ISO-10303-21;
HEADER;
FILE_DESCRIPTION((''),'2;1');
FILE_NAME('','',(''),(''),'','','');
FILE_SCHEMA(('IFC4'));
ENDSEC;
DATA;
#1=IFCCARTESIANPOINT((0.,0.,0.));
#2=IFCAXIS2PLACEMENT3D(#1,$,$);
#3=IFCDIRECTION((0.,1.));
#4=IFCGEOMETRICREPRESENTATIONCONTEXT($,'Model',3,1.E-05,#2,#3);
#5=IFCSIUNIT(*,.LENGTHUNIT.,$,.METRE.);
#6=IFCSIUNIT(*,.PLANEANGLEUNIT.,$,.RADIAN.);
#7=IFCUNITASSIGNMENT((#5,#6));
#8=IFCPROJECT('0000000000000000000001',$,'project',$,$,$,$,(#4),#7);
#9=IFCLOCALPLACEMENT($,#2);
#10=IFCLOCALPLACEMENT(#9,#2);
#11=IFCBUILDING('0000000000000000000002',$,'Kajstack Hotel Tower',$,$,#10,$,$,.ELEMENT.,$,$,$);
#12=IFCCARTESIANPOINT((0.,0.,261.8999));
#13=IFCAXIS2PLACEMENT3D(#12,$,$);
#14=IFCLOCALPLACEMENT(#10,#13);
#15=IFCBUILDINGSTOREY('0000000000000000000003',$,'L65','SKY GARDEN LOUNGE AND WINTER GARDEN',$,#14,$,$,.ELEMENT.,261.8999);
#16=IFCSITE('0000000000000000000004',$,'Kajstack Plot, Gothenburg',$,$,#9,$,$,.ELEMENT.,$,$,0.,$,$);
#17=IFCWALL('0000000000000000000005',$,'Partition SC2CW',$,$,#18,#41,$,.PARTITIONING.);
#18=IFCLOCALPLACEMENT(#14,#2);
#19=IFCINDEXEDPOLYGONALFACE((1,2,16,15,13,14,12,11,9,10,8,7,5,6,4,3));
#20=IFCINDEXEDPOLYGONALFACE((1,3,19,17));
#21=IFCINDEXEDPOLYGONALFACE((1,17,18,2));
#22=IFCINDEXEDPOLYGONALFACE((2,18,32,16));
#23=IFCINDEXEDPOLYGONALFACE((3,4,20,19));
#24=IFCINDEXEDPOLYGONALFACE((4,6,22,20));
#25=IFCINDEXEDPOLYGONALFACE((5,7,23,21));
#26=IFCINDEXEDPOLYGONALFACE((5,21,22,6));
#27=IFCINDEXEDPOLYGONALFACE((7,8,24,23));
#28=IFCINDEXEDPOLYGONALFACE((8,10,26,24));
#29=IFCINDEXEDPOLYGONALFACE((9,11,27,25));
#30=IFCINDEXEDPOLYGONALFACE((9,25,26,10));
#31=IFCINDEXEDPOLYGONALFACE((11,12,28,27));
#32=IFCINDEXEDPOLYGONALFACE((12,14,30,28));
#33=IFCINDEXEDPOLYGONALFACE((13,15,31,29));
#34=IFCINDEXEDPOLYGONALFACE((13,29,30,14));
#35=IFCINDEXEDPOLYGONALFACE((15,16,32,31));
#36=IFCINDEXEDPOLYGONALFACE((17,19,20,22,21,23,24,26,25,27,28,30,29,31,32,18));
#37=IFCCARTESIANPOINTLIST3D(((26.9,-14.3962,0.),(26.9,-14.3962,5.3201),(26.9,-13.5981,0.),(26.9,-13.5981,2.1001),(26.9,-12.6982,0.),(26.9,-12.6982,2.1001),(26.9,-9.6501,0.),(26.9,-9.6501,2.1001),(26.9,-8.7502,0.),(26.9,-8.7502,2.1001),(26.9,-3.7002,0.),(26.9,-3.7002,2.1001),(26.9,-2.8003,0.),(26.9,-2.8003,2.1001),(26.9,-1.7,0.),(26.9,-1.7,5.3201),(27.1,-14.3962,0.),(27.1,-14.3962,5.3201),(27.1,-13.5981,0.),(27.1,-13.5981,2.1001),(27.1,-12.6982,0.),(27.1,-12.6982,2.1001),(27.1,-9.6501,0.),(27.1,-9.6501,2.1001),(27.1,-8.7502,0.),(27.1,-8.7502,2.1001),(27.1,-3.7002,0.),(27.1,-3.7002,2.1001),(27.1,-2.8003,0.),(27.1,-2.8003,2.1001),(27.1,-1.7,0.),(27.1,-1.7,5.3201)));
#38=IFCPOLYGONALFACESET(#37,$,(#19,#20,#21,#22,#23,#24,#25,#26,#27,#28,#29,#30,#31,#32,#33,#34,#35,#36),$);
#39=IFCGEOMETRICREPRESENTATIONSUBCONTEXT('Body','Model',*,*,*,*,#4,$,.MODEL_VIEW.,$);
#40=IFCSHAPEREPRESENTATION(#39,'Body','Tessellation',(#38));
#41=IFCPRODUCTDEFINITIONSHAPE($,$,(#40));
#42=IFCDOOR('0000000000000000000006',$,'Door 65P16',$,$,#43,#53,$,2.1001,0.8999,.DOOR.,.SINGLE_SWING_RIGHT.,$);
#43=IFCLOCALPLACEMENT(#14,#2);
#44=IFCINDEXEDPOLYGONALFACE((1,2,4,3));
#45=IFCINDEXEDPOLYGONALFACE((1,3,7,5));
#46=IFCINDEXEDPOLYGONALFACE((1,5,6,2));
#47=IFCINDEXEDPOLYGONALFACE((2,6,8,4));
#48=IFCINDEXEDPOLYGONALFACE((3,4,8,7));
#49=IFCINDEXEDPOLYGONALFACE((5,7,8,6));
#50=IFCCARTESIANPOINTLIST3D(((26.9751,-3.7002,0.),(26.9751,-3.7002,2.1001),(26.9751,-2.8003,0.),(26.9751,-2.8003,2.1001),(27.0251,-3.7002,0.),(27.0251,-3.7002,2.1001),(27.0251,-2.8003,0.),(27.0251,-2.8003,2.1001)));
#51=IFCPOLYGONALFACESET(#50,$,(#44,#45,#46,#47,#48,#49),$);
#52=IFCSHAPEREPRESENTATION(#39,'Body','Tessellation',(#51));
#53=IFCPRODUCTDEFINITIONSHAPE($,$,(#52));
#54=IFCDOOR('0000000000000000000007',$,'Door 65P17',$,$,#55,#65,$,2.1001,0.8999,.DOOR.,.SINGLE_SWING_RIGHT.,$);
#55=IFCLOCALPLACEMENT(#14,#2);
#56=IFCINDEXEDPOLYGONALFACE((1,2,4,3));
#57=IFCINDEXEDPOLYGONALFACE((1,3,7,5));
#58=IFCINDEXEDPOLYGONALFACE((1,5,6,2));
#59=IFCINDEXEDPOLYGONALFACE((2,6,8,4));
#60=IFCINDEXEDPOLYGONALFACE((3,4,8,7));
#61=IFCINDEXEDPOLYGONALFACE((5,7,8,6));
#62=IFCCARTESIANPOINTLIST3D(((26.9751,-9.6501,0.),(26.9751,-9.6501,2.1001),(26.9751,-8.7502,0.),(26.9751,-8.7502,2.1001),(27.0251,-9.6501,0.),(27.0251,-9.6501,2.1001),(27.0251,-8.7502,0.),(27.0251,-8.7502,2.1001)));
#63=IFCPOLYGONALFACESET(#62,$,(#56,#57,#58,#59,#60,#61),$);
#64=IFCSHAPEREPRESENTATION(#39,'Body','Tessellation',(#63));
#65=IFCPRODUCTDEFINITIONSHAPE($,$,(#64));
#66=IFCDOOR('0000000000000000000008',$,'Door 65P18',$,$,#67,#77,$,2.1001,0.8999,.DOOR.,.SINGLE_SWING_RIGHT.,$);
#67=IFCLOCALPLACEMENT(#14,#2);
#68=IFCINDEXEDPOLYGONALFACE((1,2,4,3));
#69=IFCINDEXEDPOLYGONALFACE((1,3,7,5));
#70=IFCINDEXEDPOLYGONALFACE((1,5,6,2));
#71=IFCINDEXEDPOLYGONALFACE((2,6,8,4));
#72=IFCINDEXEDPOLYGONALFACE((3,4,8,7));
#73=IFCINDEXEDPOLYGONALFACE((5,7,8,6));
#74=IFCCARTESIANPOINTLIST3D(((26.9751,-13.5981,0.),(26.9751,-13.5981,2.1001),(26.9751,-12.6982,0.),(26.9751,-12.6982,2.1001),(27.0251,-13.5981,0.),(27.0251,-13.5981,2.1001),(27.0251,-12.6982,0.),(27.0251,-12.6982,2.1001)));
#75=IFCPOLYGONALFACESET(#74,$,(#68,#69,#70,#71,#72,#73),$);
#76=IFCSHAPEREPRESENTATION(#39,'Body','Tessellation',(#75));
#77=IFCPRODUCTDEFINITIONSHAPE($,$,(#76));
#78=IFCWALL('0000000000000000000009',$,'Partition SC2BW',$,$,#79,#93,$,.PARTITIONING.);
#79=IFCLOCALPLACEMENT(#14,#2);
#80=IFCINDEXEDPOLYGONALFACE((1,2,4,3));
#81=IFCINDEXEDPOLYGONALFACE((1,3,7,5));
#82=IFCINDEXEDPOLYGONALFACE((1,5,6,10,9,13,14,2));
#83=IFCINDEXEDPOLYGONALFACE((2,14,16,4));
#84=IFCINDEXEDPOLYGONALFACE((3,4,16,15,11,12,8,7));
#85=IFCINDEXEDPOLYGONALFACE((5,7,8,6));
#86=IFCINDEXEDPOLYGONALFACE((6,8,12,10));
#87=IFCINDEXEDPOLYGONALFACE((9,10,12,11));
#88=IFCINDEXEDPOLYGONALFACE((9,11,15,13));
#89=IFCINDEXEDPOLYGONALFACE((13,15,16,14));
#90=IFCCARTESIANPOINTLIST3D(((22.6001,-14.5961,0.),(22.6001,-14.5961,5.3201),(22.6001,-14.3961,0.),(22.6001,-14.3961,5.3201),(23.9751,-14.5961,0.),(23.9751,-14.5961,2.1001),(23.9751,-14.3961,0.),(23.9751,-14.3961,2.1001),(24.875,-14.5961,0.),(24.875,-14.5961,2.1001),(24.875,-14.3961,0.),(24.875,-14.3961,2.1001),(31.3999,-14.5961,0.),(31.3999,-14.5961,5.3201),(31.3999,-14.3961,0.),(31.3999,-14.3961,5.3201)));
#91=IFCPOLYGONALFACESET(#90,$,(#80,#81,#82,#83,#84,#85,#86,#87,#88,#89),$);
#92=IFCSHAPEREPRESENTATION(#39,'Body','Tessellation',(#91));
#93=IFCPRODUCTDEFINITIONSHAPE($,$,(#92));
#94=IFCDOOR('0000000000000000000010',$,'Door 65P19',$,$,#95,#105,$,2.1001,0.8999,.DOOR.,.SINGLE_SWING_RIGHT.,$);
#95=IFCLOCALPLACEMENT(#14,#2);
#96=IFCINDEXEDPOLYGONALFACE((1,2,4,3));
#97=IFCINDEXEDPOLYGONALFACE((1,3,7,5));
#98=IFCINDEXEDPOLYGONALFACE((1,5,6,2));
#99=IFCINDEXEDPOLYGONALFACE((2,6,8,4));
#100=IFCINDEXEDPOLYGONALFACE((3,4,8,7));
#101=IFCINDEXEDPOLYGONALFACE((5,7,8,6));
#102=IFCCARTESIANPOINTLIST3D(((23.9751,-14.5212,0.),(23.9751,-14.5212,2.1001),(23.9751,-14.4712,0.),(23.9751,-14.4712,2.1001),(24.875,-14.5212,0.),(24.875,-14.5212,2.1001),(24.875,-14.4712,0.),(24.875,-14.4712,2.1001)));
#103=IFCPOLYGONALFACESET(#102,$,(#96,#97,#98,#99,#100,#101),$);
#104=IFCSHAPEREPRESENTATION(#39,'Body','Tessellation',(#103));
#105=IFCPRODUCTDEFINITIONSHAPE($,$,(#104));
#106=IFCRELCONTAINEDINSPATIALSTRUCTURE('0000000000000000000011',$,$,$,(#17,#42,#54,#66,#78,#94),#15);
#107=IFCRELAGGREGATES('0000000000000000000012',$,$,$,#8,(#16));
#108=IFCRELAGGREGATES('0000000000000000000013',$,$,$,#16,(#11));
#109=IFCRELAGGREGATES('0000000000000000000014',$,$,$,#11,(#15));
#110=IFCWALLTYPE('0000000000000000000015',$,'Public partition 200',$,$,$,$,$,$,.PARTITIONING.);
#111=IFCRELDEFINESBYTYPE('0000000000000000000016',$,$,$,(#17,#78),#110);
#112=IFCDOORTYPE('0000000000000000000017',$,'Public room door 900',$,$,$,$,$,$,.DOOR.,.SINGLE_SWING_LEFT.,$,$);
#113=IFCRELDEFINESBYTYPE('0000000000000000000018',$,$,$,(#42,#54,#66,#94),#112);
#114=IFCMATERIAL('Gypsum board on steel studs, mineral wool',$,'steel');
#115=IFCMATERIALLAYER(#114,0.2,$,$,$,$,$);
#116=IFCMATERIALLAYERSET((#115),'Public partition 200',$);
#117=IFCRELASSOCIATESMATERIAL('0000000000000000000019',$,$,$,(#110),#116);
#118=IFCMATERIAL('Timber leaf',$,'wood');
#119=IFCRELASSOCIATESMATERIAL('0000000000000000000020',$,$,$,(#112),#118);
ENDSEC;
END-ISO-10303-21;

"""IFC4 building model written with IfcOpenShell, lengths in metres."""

from ifc_helpers import new_model, si_unit, direction, frame, frame_2d, origin, place, context, subcontext, project, spatial, rectangle, extrude, material, layer, layer_set, type_object, element, fill, save


model = new_model("IFC4")

# Units and contexts
model_context = context("Model", 3, precision=1e-05, world=origin(), true_north=direction((0.0, 1.0)))
body_context = subcontext(model_context, "Body", "Model", "MODEL_VIEW")
ifc_project = project(units=[si_unit("LENGTHUNIT", "METRE"), si_unit("PLANEANGLEUNIT", "RADIAN")], contexts=[model_context])

# Site, building, storey
site_placement = place(None, origin())
site = spatial("IfcSite", under=ifc_project, at=site_placement, Name="Kajstack Plot, Gothenburg", CompositionType="ELEMENT", RefElevation=0.0)
building_placement = place(site_placement, origin())
building = spatial("IfcBuilding", under=site, at=building_placement, Name="Kajstack Hotel Tower", CompositionType="ELEMENT")
storey_placement = place(building_placement, frame((0.0, 0.0, 261.8999)))
storey = spatial("IfcBuildingStorey", under=building, at=storey_placement, Name="L65", Description="SKY GARDEN LOUNGE AND WINTER GARDEN", CompositionType="ELEMENT", Elevation=261.8999)

# Shared definitions
ifc_material_1 = material(Name="Gypsum board on steel studs, mineral wool", Category="steel")
ifc_layer_1 = layer(ifc_material_1, 0.2)
ifc_layer_set_1 = layer_set([ifc_layer_1], Name="Public partition 200")
wall_type = type_object("IfcWallType", Name="Public partition 200", PredefinedType="PARTITIONING", material=ifc_layer_set_1)

# Wall, openings, doors
wall_1_placement = place(storey_placement, frame((27.0, -14.3962, 0.0), z_axis=(0.0, 0.0, 1.0), x_axis=(0.0, 1.0, 0.0)))
wall_1 = element("IfcWall", 1, at=wall_1_placement, inside=storey, type_object=wall_type, Name="Partition SC2CW", PredefinedType="PARTITIONING", context=body_context, shape_type="SweptSolid", body=[
    extrude(rectangle(XDim=12.6963, YDim=0.2, at=frame_2d((6.3481, 0.0))), origin(), (0.0, 0.0, 1.0), 5.3201),
])
opening_1_placement = place(wall_1_placement, frame((10.696, 0.0, 0.0)))
opening_1 = element("IfcOpeningElement", 2, at=opening_1_placement, cuts=wall_1, PredefinedType="OPENING", context=body_context, shape_type="SweptSolid", body=[
    extrude(rectangle(XDim=0.8999, YDim=2.1001, at=frame_2d((0.45, 1.05))), frame((0.0, 0.1099, 0.0), z_axis=(0.0, -1.0, 0.0), x_axis=(1.0, 0.0, 0.0)), (0.0, 0.0, 1.0), 0.22),
])
opening_2_placement = place(wall_1_placement, frame((4.7461, 0.0, 0.0)))
opening_2 = element("IfcOpeningElement", 3, at=opening_2_placement, cuts=wall_1, PredefinedType="OPENING", context=body_context, shape_type="SweptSolid", body=[
    extrude(rectangle(XDim=0.8999, YDim=2.1001, at=frame_2d((0.45, 1.05))), frame((0.0, 0.1099, 0.0), z_axis=(0.0, -1.0, 0.0), x_axis=(1.0, 0.0, 0.0)), (0.0, 0.0, 1.0), 0.22),
])
opening_3_placement = place(wall_1_placement, frame((0.7981, 0.0, 0.0)))
opening_3 = element("IfcOpeningElement", 4, at=opening_3_placement, cuts=wall_1, PredefinedType="OPENING", context=body_context, shape_type="SweptSolid", body=[
    extrude(rectangle(XDim=0.8999, YDim=2.1001, at=frame_2d((0.45, 1.05))), frame((0.0, 0.1099, 0.0), z_axis=(0.0, -1.0, 0.0), x_axis=(1.0, 0.0, 0.0)), (0.0, 0.0, 1.0), 0.22),
])
ifc_material_2 = material(Name="Timber leaf", Category="wood")
door_type = type_object("IfcDoorType", Name="Public room door 900", OperationType="SINGLE_SWING_LEFT", PredefinedType="DOOR", material=ifc_material_2)
door_1_placement = place(opening_1_placement, origin())
door_1 = element("IfcDoor", 5, at=door_1_placement, inside=storey, type_object=door_type, Name="Door 65P16", OperationType="SINGLE_SWING_RIGHT", OverallHeight=2.1001, OverallWidth=0.8999, PredefinedType="DOOR", context=body_context, shape_type="SweptSolid", body=[
    extrude(rectangle(XDim=0.8999, YDim=2.1001, at=frame_2d((0.45, 1.05))), frame((0.0, 0.0249, 0.0), z_axis=(0.0, -1.0, 0.0), x_axis=(1.0, 0.0, 0.0)), (0.0, 0.0, 1.0), 0.05),
])
fill(opening_1, door_1)
door_2_placement = place(opening_2_placement, origin())
door_2 = element("IfcDoor", 6, at=door_2_placement, inside=storey, type_object=door_type, Name="Door 65P17", OperationType="SINGLE_SWING_RIGHT", OverallHeight=2.1001, OverallWidth=0.8999, PredefinedType="DOOR", context=body_context, shape_type="SweptSolid", body=[
    extrude(rectangle(XDim=0.8999, YDim=2.1001, at=frame_2d((0.45, 1.05))), frame((0.0, 0.0249, 0.0), z_axis=(0.0, -1.0, 0.0), x_axis=(1.0, 0.0, 0.0)), (0.0, 0.0, 1.0), 0.05),
])
fill(opening_2, door_2)
door_3_placement = place(opening_3_placement, origin())
door_3 = element("IfcDoor", 7, at=door_3_placement, inside=storey, type_object=door_type, Name="Door 65P18", OperationType="SINGLE_SWING_RIGHT", OverallHeight=2.1001, OverallWidth=0.8999, PredefinedType="DOOR", context=body_context, shape_type="SweptSolid", body=[
    extrude(rectangle(XDim=0.8999, YDim=2.1001, at=frame_2d((0.45, 1.05))), frame((0.0, 0.0249, 0.0), z_axis=(0.0, -1.0, 0.0), x_axis=(1.0, 0.0, 0.0)), (0.0, 0.0, 1.0), 0.05),
])
fill(opening_3, door_3)

# Wall, opening, door
wall_2_placement = place(storey_placement, frame((22.6001, -14.4961, 0.0), z_axis=(0.0, 0.0, 1.0), x_axis=(1.0, 0.0, 0.0)))
wall_2 = element("IfcWall", 8, at=wall_2_placement, inside=storey, type_object=wall_type, Name="Partition SC2BW", PredefinedType="PARTITIONING", context=body_context, shape_type="SweptSolid", body=[
    extrude(rectangle(XDim=8.7998, YDim=0.2, at=frame_2d((4.3999, 0.0))), origin(), (0.0, 0.0, 1.0), 5.3201),
])
opening_4_placement = place(wall_2_placement, frame((1.375, 0.0, 0.0)))
opening_4 = element("IfcOpeningElement", 9, at=opening_4_placement, cuts=wall_2, PredefinedType="OPENING", context=body_context, shape_type="SweptSolid", body=[
    extrude(rectangle(XDim=0.8999, YDim=2.1001, at=frame_2d((0.45, 1.05))), frame((0.0, 0.1099, 0.0), z_axis=(0.0, -1.0, 0.0), x_axis=(1.0, 0.0, 0.0)), (0.0, 0.0, 1.0), 0.22),
])
door_4_placement = place(opening_4_placement, origin())
door_4 = element("IfcDoor", 10, at=door_4_placement, inside=storey, type_object=door_type, Name="Door 65P19", OperationType="SINGLE_SWING_RIGHT", OverallHeight=2.1001, OverallWidth=0.8999, PredefinedType="DOOR", context=body_context, shape_type="SweptSolid", body=[
    extrude(rectangle(XDim=0.8999, YDim=2.1001, at=frame_2d((0.45, 1.05))), frame((0.0, 0.0249, 0.0), z_axis=(0.0, -1.0, 0.0), x_axis=(1.0, 0.0, 0.0)), (0.0, 0.0, 1.0), 0.05),
])
fill(opening_4, door_4)

save(model, "model.ifc")
